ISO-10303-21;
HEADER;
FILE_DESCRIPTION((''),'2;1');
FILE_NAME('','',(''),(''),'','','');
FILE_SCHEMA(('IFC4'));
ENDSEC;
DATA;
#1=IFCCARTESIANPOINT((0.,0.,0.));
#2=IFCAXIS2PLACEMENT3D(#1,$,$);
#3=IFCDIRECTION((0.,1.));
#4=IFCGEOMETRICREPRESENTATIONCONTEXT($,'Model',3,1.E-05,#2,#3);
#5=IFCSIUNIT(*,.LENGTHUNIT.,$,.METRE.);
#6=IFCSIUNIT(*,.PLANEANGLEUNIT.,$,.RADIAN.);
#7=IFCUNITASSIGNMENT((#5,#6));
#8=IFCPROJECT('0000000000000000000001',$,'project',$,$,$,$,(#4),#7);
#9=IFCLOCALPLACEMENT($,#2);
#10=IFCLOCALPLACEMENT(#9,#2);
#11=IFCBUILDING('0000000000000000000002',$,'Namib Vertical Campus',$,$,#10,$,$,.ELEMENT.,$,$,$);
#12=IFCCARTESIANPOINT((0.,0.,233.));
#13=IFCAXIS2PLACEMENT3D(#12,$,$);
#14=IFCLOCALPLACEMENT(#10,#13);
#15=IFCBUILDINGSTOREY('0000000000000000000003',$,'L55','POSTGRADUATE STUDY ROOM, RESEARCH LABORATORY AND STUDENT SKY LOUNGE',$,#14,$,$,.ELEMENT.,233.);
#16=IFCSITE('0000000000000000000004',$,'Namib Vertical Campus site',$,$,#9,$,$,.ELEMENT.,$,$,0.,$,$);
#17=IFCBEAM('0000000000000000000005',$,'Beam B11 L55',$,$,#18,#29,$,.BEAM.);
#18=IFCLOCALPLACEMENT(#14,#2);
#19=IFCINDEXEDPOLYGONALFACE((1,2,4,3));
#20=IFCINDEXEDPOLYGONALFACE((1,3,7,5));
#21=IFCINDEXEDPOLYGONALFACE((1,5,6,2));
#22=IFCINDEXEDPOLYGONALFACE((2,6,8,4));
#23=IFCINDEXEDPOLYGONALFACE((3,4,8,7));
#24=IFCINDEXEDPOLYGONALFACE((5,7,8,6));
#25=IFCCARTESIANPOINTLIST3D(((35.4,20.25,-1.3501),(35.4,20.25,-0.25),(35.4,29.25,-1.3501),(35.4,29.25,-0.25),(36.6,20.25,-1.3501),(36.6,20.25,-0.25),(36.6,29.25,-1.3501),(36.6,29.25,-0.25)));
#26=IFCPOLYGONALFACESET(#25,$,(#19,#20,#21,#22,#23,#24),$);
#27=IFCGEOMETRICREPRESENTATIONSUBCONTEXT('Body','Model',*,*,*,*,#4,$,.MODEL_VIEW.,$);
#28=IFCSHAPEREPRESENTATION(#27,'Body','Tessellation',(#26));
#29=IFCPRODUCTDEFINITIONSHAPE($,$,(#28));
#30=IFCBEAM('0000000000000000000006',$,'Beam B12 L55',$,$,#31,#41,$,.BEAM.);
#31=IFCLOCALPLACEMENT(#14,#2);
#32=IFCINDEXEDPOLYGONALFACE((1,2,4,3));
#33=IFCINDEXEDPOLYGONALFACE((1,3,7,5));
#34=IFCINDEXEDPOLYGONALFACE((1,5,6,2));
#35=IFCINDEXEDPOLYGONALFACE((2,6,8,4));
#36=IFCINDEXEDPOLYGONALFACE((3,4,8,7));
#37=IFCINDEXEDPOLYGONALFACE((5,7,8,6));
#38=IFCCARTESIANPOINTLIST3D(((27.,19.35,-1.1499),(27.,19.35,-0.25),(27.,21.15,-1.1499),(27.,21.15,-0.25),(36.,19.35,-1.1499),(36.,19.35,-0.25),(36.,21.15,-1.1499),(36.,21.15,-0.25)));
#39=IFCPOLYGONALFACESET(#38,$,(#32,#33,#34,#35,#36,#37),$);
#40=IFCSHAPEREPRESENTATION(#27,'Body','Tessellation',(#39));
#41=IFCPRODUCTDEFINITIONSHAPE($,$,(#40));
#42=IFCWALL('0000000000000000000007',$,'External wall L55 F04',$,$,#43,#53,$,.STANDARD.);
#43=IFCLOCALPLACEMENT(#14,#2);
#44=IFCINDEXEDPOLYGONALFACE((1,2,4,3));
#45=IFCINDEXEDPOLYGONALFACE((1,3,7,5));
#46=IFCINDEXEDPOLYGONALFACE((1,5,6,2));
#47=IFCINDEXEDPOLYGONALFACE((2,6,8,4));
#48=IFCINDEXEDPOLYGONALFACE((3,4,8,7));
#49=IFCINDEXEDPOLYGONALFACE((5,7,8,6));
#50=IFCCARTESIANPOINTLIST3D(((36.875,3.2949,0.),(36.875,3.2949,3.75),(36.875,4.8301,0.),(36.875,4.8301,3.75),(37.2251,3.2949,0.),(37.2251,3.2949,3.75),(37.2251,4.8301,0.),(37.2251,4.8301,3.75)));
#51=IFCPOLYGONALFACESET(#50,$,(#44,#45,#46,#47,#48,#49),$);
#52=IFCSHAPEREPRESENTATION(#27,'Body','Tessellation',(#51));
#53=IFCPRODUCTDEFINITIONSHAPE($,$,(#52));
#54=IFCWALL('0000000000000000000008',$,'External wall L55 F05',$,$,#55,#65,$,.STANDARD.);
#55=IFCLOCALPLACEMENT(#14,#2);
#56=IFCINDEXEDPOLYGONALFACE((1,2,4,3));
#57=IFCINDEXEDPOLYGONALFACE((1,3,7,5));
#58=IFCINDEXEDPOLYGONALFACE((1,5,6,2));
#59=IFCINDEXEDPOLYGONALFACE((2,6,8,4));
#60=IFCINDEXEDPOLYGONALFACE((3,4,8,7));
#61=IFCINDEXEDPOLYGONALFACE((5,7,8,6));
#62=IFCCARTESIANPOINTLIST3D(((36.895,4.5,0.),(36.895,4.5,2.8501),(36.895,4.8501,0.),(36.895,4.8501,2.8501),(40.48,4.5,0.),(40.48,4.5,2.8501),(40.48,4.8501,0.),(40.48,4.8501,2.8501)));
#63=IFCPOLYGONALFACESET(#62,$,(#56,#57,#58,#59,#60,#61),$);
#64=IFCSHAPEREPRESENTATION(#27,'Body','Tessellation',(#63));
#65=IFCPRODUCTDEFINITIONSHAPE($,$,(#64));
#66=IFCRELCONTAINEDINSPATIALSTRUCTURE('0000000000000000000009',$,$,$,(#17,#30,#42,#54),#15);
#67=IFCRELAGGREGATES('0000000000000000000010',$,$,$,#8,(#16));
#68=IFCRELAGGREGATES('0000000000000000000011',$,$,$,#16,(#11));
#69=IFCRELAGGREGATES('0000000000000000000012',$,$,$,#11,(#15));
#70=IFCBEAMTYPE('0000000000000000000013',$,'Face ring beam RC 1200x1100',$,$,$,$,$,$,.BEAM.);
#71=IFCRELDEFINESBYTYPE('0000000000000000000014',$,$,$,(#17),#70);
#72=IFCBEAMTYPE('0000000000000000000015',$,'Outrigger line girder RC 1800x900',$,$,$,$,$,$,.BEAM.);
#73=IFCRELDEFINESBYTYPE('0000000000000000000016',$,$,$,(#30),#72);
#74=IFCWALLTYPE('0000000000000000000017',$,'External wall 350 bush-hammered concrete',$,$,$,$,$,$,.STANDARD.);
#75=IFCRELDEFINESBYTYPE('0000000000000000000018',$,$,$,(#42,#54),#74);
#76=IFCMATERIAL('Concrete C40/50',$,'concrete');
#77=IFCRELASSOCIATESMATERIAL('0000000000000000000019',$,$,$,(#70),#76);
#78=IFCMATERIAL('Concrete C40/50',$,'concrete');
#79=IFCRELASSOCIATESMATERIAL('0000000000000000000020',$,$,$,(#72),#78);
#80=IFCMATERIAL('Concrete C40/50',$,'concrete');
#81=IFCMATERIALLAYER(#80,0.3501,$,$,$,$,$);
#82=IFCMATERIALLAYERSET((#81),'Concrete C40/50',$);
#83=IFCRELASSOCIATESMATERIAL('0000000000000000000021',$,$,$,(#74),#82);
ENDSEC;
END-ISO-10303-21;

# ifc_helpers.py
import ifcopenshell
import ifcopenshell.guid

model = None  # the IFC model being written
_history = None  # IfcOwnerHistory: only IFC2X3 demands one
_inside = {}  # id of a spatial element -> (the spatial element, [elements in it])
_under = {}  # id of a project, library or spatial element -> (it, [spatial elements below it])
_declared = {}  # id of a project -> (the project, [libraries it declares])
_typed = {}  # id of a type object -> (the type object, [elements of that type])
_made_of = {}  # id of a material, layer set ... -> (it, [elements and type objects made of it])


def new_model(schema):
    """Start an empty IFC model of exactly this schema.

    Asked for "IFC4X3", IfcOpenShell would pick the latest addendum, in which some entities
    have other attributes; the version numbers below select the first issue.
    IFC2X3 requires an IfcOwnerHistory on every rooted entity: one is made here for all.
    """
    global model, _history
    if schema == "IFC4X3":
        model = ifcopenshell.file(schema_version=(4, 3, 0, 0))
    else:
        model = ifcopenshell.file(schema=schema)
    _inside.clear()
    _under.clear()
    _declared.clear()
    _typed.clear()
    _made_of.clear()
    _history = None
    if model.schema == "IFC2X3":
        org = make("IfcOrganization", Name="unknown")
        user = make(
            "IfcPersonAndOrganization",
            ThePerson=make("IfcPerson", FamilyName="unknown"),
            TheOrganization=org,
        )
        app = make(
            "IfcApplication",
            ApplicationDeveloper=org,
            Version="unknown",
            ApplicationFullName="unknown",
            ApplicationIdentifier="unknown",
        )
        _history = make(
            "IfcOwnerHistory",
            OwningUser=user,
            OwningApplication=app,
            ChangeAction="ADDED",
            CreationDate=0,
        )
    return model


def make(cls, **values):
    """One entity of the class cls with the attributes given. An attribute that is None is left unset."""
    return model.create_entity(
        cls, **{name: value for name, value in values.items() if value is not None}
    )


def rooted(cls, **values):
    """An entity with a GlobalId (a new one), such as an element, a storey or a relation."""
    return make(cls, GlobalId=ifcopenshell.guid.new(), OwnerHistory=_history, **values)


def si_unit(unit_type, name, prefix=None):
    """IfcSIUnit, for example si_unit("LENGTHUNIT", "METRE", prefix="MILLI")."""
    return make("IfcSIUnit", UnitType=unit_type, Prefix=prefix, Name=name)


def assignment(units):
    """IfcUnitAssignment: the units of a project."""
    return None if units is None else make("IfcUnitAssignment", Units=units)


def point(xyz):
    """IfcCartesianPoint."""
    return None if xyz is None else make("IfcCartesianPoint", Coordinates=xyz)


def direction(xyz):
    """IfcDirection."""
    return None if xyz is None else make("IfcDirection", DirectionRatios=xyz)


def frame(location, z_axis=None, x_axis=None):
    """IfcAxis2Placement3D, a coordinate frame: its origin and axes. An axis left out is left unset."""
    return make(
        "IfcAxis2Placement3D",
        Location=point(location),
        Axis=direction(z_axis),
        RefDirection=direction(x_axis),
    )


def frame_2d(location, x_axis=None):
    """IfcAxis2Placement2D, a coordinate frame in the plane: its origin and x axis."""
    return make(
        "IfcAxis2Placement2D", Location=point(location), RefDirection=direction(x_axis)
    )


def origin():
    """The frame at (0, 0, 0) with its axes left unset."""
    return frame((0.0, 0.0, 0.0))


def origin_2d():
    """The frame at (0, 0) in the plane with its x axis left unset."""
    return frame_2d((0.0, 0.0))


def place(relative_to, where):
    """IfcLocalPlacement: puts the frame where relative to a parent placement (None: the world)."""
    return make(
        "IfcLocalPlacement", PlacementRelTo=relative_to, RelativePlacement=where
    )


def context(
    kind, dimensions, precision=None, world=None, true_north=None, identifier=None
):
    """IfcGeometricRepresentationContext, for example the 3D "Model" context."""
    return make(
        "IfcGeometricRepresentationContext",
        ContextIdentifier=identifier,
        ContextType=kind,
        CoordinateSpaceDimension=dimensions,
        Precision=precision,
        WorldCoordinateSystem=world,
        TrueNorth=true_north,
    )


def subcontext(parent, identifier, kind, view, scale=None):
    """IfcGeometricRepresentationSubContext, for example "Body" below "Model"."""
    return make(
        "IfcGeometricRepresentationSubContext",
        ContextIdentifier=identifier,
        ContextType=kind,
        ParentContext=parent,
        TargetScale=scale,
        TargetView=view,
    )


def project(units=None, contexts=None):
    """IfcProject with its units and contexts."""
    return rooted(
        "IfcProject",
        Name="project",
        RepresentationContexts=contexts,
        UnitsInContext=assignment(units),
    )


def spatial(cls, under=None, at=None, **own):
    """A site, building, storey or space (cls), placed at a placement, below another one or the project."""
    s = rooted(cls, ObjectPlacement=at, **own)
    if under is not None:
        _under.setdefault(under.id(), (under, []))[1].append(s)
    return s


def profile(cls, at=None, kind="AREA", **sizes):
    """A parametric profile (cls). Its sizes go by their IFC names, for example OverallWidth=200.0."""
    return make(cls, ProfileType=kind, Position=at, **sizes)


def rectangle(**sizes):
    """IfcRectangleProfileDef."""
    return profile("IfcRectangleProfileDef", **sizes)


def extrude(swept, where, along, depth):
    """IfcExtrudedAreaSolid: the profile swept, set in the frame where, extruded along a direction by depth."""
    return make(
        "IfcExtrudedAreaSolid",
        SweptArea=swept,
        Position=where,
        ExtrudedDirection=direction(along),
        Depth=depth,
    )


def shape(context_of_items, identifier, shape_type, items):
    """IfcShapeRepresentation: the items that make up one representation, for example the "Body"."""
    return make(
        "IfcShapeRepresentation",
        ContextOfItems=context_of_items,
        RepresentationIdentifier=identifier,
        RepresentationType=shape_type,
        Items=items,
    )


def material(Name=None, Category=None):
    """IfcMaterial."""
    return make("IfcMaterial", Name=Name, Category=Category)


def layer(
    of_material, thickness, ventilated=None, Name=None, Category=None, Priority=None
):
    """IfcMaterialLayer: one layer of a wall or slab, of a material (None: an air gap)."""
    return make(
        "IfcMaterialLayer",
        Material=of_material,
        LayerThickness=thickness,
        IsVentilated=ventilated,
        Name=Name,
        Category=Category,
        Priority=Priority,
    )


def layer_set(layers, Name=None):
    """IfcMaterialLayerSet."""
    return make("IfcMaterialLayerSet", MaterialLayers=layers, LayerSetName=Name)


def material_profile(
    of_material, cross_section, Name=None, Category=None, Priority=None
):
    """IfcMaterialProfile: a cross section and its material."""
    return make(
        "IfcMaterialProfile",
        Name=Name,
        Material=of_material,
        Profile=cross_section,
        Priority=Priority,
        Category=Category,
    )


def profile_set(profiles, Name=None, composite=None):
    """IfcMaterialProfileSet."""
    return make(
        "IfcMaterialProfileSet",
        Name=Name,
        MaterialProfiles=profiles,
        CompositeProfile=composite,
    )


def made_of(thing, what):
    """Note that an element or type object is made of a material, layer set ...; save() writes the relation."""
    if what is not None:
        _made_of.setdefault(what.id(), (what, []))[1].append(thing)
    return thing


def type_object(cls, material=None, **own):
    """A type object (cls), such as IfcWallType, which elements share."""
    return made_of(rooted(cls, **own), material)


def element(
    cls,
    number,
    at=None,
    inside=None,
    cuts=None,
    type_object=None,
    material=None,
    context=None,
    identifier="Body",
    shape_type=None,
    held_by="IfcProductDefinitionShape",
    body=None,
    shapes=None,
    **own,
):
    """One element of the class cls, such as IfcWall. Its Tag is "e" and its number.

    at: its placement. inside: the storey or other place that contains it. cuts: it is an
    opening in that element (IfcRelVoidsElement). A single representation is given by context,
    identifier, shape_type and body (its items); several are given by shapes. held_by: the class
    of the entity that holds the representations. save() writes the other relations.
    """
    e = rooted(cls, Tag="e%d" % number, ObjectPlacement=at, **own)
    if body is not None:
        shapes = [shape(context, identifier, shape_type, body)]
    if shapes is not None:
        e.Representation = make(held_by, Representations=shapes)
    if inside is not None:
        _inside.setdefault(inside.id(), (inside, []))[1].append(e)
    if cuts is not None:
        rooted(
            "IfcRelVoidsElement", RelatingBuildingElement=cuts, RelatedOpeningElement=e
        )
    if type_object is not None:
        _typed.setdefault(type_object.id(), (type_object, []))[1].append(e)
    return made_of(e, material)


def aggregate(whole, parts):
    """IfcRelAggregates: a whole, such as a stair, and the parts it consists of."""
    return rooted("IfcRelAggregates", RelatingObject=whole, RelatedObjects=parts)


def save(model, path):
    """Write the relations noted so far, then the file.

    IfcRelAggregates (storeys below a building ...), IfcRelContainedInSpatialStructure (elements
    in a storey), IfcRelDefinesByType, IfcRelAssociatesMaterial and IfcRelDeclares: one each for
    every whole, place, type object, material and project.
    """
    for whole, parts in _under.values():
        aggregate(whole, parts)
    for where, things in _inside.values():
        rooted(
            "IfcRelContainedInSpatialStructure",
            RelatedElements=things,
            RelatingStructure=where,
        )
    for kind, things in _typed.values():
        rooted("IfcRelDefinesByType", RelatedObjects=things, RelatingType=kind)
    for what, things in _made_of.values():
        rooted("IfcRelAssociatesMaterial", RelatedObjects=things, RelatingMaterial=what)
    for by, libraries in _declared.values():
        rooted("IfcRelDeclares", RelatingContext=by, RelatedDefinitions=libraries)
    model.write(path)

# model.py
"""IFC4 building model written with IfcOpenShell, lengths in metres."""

from ifc_helpers import new_model, si_unit, direction, frame, frame_2d, origin, origin_2d, place, context, subcontext, project, spatial, rectangle, extrude, material, layer, layer_set, material_profile, profile_set, type_object, element, save


model = new_model("IFC4")

# Units and contexts
model_context = context("Model", 3, precision=1e-05, world=origin(), true_north=direction((0.0, 1.0)))
body_context = subcontext(model_context, "Body", "Model", "MODEL_VIEW")
ifc_project = project(units=[si_unit("LENGTHUNIT", "METRE"), si_unit("PLANEANGLEUNIT", "RADIAN")], contexts=[model_context])

# Site, building, storey
site_placement = place(None, origin())
site = spatial("IfcSite", under=ifc_project, at=site_placement, Name="Namib Vertical Campus site", CompositionType="ELEMENT", RefElevation=0.0)
building_placement = place(site_placement, origin())
building = spatial("IfcBuilding", under=site, at=building_placement, Name="Namib Vertical Campus", CompositionType="ELEMENT")
storey_placement = place(building_placement, frame((0.0, 0.0, 233.0)))
storey = spatial("IfcBuildingStorey", under=building, at=storey_placement, Name="L55", Description="POSTGRADUATE STUDY ROOM, RESEARCH LABORATORY AND STUDENT SKY LOUNGE", CompositionType="ELEMENT", Elevation=233.0)

# Beams
ifc_material_1 = material(Name="Concrete C40/50", Category="concrete")
ifc_material_profile_1 = material_profile(ifc_material_1, rectangle(XDim=1.2, YDim=1.1001, at=origin_2d()))
ifc_profile_set_1 = profile_set([ifc_material_profile_1], Name="Concrete C40/50")
beam_type_1 = type_object("IfcBeamType", Name="Face ring beam RC 1200x1100", PredefinedType="BEAM", material=ifc_profile_set_1)
for number, where, z_axis, x_axis, name in (
    (1, (36.0, 20.25, -0.8), (0.0, 1.0, 0.0), (-1.0, 0.0, 0.0), "Beam B11 L55"),
):
    element("IfcBeam", number, at=place(storey_placement, frame(where, z_axis=z_axis, x_axis=x_axis)), inside=storey, type_object=beam_type_1, Name=name, PredefinedType="BEAM", context=body_context, shape_type="SweptSolid", body=[
        extrude(rectangle(XDim=1.2, YDim=1.1001, at=origin_2d()), origin(), (0.0, 0.0, 1.0), 9.0),
    ])
ifc_material_2 = material(Name="Concrete C40/50", Category="concrete")
ifc_material_profile_2 = material_profile(ifc_material_2, rectangle(XDim=1.8, YDim=0.8999, at=origin_2d()))
ifc_profile_set_2 = profile_set([ifc_material_profile_2], Name="Concrete C40/50")
beam_type_2 = type_object("IfcBeamType", Name="Outrigger line girder RC 1800x900", PredefinedType="BEAM", material=ifc_profile_set_2)
beam_1_placement = place(storey_placement, frame((36.0, 20.25, -0.7), z_axis=(-1.0, 0.0, 0.0), x_axis=(0.0, -1.0, 0.0)))
element("IfcBeam", 2, at=beam_1_placement, inside=storey, type_object=beam_type_2, Name="Beam B12 L55", PredefinedType="BEAM", context=body_context, shape_type="SweptSolid", body=[
    extrude(rectangle(XDim=1.8, YDim=0.8999, at=origin_2d()), origin(), (0.0, 0.0, 1.0), 9.0),
])

# Walls
ifc_material_3 = material(Name="Concrete C40/50", Category="concrete")
ifc_layer_1 = layer(ifc_material_3, 0.3501)
ifc_layer_set_1 = layer_set([ifc_layer_1], Name="Concrete C40/50")
wall_type = type_object("IfcWallType", Name="External wall 350 bush-hammered concrete", PredefinedType="STANDARD", material=ifc_layer_set_1)
wall_1_placement = place(storey_placement, frame((37.05, 3.2949, 0.0), z_axis=(0.0, 0.0, 1.0), x_axis=(0.0, 1.0, 0.0)))
element("IfcWall", 3, at=wall_1_placement, inside=storey, type_object=wall_type, Name="External wall L55 F04", PredefinedType="STANDARD", context=body_context, shape_type="SweptSolid", body=[
    extrude(rectangle(XDim=1.5352, YDim=0.3501, at=frame_2d((0.7676, 0.0))), origin(), (0.0, 0.0, 1.0), 3.75),
])
wall_2_placement = place(storey_placement, frame((36.895, 4.675, 0.0), z_axis=(0.0, 0.0, 1.0), x_axis=(1.0, 0.0, 0.0)))
element("IfcWall", 4, at=wall_2_placement, inside=storey, type_object=wall_type, Name="External wall L55 F05", PredefinedType="STANDARD", context=body_context, shape_type="SweptSolid", body=[
    extrude(rectangle(XDim=3.585, YDim=0.3501, at=frame_2d((1.7925, 0.0))), origin(), (0.0, 0.0, 1.0), 2.8501),
])

save(model, "model.ifc")
